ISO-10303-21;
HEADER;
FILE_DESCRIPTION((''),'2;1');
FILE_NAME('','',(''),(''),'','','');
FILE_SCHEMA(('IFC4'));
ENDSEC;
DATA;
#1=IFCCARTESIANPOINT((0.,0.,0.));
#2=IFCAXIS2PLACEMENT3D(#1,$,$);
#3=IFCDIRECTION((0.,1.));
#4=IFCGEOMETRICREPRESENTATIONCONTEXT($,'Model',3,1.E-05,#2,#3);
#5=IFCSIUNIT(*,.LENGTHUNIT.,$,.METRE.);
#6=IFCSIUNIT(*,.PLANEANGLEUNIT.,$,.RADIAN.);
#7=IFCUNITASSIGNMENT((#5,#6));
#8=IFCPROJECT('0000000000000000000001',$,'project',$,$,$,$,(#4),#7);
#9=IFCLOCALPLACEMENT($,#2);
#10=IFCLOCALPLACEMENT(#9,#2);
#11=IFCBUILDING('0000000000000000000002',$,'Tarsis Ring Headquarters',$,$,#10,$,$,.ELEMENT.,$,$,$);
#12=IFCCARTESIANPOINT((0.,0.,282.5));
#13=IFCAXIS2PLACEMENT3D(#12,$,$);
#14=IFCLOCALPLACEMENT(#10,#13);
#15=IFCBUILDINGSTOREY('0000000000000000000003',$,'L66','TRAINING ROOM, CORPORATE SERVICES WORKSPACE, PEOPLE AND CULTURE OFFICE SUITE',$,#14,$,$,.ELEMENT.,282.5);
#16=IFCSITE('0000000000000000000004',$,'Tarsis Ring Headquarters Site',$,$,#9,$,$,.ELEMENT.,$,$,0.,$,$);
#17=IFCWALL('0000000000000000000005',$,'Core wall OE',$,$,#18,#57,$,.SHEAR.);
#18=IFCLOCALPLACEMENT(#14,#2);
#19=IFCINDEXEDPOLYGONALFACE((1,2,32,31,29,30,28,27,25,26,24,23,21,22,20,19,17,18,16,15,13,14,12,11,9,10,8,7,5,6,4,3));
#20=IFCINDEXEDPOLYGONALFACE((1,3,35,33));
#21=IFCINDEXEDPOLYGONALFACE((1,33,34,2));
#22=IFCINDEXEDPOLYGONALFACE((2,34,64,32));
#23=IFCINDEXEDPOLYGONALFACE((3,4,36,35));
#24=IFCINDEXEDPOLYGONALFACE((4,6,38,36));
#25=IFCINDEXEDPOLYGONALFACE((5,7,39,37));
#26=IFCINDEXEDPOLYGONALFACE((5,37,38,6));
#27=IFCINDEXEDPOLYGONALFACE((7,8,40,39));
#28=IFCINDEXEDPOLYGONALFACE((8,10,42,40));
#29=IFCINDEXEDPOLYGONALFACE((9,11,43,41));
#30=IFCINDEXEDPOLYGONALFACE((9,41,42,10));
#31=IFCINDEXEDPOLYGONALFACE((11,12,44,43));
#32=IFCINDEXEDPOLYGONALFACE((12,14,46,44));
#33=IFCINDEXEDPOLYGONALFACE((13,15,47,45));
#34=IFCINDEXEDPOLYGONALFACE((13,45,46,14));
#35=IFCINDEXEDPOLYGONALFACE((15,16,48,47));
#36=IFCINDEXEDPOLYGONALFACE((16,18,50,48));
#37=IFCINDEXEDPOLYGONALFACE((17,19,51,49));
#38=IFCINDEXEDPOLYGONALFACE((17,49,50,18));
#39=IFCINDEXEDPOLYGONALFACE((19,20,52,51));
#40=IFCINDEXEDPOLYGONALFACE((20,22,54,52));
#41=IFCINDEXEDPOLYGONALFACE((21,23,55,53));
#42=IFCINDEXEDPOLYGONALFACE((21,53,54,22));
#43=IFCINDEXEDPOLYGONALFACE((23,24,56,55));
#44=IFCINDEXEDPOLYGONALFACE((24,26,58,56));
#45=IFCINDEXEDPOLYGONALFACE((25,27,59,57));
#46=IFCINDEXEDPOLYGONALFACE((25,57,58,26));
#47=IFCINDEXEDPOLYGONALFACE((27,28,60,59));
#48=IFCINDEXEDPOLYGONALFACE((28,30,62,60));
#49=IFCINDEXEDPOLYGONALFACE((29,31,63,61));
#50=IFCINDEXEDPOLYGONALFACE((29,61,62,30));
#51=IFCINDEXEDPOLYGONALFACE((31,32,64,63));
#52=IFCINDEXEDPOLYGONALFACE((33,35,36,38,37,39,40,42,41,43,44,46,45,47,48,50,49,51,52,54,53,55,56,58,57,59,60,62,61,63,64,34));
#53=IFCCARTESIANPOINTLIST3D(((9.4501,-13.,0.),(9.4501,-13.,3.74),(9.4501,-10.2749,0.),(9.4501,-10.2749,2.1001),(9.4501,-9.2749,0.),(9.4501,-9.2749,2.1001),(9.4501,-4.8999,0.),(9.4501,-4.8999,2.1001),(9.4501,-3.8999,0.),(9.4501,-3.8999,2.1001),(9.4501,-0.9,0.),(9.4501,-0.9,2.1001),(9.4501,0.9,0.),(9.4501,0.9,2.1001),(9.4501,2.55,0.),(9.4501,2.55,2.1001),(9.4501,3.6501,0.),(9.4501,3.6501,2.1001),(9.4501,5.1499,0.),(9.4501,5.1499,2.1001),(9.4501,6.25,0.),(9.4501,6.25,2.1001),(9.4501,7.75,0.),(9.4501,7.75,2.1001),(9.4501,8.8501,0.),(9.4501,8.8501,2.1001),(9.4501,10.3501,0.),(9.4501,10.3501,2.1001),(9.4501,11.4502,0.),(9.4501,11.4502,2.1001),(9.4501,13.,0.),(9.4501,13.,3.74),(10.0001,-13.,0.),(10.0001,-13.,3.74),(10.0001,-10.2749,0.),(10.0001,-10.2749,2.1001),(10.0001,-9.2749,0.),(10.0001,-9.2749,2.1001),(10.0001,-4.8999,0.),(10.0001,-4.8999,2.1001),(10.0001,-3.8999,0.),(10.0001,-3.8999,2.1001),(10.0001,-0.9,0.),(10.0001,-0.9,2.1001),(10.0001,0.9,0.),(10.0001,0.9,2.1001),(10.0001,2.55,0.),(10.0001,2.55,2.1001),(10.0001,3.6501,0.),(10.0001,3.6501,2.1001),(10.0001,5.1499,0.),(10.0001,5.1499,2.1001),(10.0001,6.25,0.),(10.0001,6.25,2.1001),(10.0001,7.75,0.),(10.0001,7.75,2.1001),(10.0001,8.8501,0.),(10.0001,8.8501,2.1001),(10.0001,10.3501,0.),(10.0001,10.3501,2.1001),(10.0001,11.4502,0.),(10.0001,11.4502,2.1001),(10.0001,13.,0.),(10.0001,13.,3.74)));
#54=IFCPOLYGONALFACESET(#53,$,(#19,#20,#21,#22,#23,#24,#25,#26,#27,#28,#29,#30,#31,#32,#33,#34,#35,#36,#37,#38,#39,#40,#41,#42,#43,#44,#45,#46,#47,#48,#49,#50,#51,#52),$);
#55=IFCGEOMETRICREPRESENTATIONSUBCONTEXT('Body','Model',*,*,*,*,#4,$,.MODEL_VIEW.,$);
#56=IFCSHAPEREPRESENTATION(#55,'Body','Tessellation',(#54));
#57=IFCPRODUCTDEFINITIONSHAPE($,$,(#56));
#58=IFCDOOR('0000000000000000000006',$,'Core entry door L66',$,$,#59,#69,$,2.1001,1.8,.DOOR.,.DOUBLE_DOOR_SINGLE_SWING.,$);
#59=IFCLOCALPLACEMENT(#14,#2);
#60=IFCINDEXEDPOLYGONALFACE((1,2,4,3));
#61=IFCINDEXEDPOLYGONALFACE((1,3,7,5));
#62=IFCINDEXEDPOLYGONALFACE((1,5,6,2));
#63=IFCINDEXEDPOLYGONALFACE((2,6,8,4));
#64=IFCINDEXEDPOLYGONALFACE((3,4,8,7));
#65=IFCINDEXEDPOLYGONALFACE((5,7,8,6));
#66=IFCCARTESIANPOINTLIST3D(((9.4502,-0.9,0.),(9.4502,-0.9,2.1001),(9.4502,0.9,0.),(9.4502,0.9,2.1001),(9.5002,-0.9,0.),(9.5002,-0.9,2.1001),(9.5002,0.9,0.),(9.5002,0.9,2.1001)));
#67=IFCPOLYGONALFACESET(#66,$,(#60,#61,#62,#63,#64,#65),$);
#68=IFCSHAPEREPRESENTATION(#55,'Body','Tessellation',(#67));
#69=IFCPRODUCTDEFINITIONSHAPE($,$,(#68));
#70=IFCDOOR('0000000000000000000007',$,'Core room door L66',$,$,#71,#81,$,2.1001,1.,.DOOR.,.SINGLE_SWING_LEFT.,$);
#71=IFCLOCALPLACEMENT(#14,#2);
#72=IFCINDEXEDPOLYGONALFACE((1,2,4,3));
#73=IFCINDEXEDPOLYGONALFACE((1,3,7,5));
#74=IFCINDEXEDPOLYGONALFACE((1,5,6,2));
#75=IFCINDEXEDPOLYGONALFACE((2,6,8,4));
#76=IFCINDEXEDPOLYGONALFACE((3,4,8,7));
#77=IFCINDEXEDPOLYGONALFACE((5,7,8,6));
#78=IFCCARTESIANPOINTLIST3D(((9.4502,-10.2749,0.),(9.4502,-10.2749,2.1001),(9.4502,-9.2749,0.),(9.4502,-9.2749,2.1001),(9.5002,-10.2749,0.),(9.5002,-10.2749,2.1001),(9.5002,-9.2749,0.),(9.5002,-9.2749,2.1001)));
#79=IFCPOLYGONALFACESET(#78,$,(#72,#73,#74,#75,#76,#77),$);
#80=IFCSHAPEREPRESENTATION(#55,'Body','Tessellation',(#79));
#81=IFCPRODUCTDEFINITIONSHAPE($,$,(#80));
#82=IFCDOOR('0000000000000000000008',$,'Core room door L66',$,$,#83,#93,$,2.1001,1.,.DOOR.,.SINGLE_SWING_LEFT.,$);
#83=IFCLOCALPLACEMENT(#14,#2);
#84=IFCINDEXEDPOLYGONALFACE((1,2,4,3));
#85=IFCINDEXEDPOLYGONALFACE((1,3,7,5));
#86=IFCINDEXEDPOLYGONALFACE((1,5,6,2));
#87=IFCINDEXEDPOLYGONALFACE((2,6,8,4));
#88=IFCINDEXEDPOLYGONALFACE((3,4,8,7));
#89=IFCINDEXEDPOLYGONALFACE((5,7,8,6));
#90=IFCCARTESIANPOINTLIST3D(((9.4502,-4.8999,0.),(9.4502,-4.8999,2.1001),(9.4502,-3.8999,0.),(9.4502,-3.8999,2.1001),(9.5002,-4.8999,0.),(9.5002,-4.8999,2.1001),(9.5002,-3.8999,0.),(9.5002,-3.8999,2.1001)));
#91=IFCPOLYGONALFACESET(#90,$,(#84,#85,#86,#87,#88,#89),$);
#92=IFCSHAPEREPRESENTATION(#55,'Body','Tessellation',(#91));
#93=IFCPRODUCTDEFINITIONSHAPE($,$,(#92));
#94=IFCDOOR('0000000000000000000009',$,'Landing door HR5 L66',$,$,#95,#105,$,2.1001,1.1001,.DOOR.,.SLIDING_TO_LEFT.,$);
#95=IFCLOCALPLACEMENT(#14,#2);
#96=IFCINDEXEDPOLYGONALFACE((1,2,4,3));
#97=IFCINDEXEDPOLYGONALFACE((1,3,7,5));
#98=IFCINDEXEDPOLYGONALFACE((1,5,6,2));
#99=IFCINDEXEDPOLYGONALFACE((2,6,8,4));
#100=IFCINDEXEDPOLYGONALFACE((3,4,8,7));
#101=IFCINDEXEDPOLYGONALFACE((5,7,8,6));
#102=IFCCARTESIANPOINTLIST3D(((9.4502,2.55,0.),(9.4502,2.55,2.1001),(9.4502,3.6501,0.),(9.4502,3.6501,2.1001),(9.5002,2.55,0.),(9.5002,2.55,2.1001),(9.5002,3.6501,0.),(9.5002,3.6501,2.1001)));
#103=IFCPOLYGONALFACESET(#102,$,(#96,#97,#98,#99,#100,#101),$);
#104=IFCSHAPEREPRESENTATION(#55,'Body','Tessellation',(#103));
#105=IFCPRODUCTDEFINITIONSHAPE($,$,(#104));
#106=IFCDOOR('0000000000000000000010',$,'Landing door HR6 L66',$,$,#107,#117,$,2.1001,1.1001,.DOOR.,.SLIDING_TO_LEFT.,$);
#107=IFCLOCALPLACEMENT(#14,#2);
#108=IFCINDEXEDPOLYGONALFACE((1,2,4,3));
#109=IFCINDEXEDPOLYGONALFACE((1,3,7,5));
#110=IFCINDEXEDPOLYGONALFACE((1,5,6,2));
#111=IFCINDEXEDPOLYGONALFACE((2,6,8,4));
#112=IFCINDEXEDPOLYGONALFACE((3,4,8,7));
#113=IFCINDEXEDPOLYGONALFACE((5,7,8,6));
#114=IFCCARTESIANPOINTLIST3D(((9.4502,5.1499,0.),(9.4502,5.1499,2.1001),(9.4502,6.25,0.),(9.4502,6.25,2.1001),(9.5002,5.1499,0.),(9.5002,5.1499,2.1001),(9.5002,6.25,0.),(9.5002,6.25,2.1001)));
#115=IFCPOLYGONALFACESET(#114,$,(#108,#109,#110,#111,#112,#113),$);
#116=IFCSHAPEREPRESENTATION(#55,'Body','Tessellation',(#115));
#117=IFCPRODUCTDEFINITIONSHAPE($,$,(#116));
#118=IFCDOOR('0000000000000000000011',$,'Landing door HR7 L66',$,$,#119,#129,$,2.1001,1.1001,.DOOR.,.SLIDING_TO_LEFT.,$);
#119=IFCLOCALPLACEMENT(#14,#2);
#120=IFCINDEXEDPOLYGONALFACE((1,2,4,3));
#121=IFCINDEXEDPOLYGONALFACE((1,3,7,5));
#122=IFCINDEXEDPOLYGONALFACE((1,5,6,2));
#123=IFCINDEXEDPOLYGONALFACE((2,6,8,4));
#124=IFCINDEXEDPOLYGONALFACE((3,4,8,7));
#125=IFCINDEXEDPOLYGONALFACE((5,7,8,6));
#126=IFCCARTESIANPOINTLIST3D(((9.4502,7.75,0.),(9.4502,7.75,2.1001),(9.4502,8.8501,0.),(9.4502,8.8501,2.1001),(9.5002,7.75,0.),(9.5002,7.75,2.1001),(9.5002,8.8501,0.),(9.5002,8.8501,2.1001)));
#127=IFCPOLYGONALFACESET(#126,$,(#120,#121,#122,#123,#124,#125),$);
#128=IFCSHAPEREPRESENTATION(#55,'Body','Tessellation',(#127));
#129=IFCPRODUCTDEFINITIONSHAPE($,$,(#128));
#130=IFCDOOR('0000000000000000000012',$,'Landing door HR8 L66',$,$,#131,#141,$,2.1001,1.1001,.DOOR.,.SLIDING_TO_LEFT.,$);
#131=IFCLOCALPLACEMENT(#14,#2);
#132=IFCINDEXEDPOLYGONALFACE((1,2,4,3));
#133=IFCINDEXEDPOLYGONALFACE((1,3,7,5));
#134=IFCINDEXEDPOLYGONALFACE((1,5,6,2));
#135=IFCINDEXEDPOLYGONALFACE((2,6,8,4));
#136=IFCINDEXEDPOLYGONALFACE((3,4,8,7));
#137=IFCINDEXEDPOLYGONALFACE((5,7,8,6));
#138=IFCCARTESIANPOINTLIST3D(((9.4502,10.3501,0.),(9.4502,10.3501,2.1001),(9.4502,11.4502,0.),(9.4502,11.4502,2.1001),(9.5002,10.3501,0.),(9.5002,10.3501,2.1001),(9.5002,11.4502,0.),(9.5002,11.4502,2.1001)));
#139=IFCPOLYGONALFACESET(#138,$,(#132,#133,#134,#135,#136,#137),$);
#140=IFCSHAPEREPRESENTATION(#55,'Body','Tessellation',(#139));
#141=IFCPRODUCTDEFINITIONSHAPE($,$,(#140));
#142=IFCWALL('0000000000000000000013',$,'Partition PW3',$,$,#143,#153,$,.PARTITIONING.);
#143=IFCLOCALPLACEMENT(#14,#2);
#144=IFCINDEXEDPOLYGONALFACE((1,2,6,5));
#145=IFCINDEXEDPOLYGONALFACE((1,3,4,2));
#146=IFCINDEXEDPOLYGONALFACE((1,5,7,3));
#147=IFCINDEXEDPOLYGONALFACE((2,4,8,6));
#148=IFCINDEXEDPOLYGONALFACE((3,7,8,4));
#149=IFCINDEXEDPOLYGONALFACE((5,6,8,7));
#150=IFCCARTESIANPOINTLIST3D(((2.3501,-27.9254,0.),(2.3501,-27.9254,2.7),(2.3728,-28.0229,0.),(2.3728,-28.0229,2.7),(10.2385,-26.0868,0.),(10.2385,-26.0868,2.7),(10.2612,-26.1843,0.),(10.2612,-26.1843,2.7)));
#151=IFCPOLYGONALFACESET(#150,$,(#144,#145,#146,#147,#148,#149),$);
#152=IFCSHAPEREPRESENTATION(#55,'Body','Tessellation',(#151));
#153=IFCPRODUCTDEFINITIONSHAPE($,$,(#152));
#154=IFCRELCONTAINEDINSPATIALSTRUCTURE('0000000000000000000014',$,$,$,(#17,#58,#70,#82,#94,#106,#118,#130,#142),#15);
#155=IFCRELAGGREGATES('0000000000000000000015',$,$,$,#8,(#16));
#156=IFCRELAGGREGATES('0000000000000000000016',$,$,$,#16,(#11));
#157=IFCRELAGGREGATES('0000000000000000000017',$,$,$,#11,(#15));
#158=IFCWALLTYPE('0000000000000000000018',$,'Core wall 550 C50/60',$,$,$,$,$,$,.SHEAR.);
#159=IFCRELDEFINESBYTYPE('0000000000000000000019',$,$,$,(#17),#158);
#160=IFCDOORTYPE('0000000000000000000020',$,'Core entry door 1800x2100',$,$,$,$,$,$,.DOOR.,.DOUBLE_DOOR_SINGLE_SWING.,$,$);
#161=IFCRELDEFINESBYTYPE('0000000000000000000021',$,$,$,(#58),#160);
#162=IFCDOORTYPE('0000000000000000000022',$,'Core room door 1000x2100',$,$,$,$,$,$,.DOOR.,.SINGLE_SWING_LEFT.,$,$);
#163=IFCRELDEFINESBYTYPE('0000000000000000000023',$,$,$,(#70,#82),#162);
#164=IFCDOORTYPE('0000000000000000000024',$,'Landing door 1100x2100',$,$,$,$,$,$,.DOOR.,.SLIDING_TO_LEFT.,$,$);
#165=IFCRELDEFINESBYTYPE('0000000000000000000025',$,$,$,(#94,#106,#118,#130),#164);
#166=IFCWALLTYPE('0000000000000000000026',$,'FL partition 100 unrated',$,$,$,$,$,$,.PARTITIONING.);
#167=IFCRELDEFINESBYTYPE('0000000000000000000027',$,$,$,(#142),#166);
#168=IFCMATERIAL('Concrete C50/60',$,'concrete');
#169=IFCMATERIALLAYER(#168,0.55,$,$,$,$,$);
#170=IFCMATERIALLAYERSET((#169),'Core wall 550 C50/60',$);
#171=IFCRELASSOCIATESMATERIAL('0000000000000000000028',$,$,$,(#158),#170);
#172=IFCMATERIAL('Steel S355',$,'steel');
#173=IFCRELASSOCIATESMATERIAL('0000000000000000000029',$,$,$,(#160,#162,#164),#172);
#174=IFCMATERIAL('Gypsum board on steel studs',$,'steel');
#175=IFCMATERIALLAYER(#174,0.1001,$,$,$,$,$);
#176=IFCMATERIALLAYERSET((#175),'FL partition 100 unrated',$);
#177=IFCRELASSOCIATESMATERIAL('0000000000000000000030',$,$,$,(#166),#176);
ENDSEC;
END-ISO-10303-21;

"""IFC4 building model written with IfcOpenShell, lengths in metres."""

from ifc_helpers import new_model, si_unit, direction, frame, frame_2d, origin, place, context, subcontext, project, spatial, rectangle, extrude, material, layer, layer_set, type_object, element, fill, save


model = new_model("IFC4")

# Units and contexts
model_context = context("Model", 3, precision=1e-05, world=origin(), true_north=direction((0.0, 1.0)))
body_context = subcontext(model_context, "Body", "Model", "MODEL_VIEW")
ifc_project = project(units=[si_unit("LENGTHUNIT", "METRE"), si_unit("PLANEANGLEUNIT", "RADIAN")], contexts=[model_context])

# Site, building, storey
site_placement = place(None, origin())
site = spatial("IfcSite", under=ifc_project, at=site_placement, Name="Tarsis Ring Headquarters Site", CompositionType="ELEMENT", RefElevation=0.0)
building_placement = place(site_placement, origin())
building = spatial("IfcBuilding", under=site, at=building_placement, Name="Tarsis Ring Headquarters", CompositionType="ELEMENT")
storey_placement = place(building_placement, frame((0.0, 0.0, 282.5)))
storey = spatial("IfcBuildingStorey", under=building, at=storey_placement, Name="L66", Description="TRAINING ROOM, CORPORATE SERVICES WORKSPACE, PEOPLE AND CULTURE OFFICE SUITE", CompositionType="ELEMENT", Elevation=282.5)

# Wall, openings, doors
ifc_material_1 = material(Name="Concrete C50/60", Category="concrete")
ifc_layer_1 = layer(ifc_material_1, 0.55)
ifc_layer_set_1 = layer_set([ifc_layer_1], Name="Core wall 550 C50/60")
wall_type_1 = type_object("IfcWallType", Name="Core wall 550 C50/60", PredefinedType="SHEAR", material=ifc_layer_set_1)
wall_1_placement = place(storey_placement, frame((9.7251, -13.0, 0.0), z_axis=(0.0, 0.0, 1.0), x_axis=(0.0, 1.0, 0.0)))
wall_1 = element("IfcWall", 1, at=wall_1_placement, inside=storey, type_object=wall_type_1, Name="Core wall OE", PredefinedType="SHEAR", context=body_context, shape_type="SweptSolid", body=[
    extrude(rectangle(XDim=26.0, YDim=0.55, at=frame_2d((13.0, 0.0))), origin(), (0.0, 0.0, 1.0), 3.74),
])
opening_1_placement = place(wall_1_placement, frame((2.7251, 0.0, 0.0)))
opening_1 = element("IfcOpeningElement", 2, at=opening_1_placement, cuts=wall_1, PredefinedType="OPENING", context=body_context, shape_type="SweptSolid", body=[
    extrude(rectangle(XDim=1.0, YDim=2.1001, at=frame_2d((0.5, 1.05))), frame((0.0, 0.2849, 0.0), z_axis=(0.0, -1.0, 0.0), x_axis=(1.0, 0.0, 0.0)), (0.0, 0.0, 1.0), 0.5701),
])
opening_2_placement = place(wall_1_placement, frame((8.1001, 0.0, 0.0)))
opening_2 = element("IfcOpeningElement", 3, at=opening_2_placement, cuts=wall_1, PredefinedType="OPENING", context=body_context, shape_type="SweptSolid", body=[
    extrude(rectangle(XDim=1.0, YDim=2.1001, at=frame_2d((0.5, 1.05))), frame((0.0, 0.2849, 0.0), z_axis=(0.0, -1.0, 0.0), x_axis=(1.0, 0.0, 0.0)), (0.0, 0.0, 1.0), 0.5701),
])
opening_3_placement = place(wall_1_placement, frame((12.1001, 0.0, 0.0)))
opening_3 = element("IfcOpeningElement", 4, at=opening_3_placement, cuts=wall_1, PredefinedType="OPENING", context=body_context, shape_type="SweptSolid", body=[
    extrude(rectangle(XDim=1.8, YDim=2.1001, at=frame_2d((0.8999, 1.05))), frame((0.0, 0.2849, 0.0), z_axis=(0.0, -1.0, 0.0), x_axis=(1.0, 0.0, 0.0)), (0.0, 0.0, 1.0), 0.5701),
])
opening_4_placement = place(wall_1_placement, frame((15.55, 0.0, 0.0)))
opening_4 = element("IfcOpeningElement", 5, at=opening_4_placement, cuts=wall_1, PredefinedType="OPENING", context=body_context, shape_type="SweptSolid", body=[
    extrude(rectangle(XDim=1.1001, YDim=2.1001, at=frame_2d((0.55, 1.05))), frame((0.0, 0.2849, 0.0), z_axis=(0.0, -1.0, 0.0), x_axis=(1.0, 0.0, 0.0)), (0.0, 0.0, 1.0), 0.5701),
])
opening_5_placement = place(wall_1_placement, frame((18.1499, 0.0, 0.0)))
opening_5 = element("IfcOpeningElement", 6, at=opening_5_placement, cuts=wall_1, PredefinedType="OPENING", context=body_context, shape_type="SweptSolid", body=[
    extrude(rectangle(XDim=1.1001, YDim=2.1001, at=frame_2d((0.55, 1.05))), frame((0.0, 0.2849, 0.0), z_axis=(0.0, -1.0, 0.0), x_axis=(1.0, 0.0, 0.0)), (0.0, 0.0, 1.0), 0.5701),
])
opening_6_placement = place(wall_1_placement, frame((20.75, 0.0, 0.0)))
opening_6 = element("IfcOpeningElement", 7, at=opening_6_placement, cuts=wall_1, PredefinedType="OPENING", context=body_context, shape_type="SweptSolid", body=[
    extrude(rectangle(XDim=1.1001, YDim=2.1001, at=frame_2d((0.55, 1.05))), frame((0.0, 0.2849, 0.0), z_axis=(0.0, -1.0, 0.0), x_axis=(1.0, 0.0, 0.0)), (0.0, 0.0, 1.0), 0.5701),
])
opening_7_placement = place(wall_1_placement, frame((23.3501, 0.0, 0.0)))
opening_7 = element("IfcOpeningElement", 8, at=opening_7_placement, cuts=wall_1, PredefinedType="OPENING", context=body_context, shape_type="SweptSolid", body=[
    extrude(rectangle(XDim=1.1001, YDim=2.1001, at=frame_2d((0.55, 1.05))), frame((0.0, 0.2849, 0.0), z_axis=(0.0, -1.0, 0.0), x_axis=(1.0, 0.0, 0.0)), (0.0, 0.0, 1.0), 0.5701),
])
ifc_material_2 = material(Name="Steel S355", Category="steel")
door_type_1 = type_object("IfcDoorType", Name="Core entry door 1800x2100", OperationType="DOUBLE_DOOR_SINGLE_SWING", PredefinedType="DOOR", material=ifc_material_2)
door_1_placement = place(opening_3_placement, origin())
door_1 = element("IfcDoor", 9, at=door_1_placement, inside=storey, type_object=door_type_1, Name="Core entry door L66", OperationType="DOUBLE_DOOR_SINGLE_SWING", OverallHeight=2.1001, OverallWidth=1.8, PredefinedType="DOOR", context=body_context, shape_type="SweptSolid", body=[
    extrude(rectangle(XDim=1.8, YDim=2.1001, at=frame_2d((0.8999, 1.05))), frame((0.0, 0.2749, 0.0), z_axis=(0.0, -1.0, 0.0), x_axis=(1.0, 0.0, 0.0)), (0.0, 0.0, 1.0), 0.05),
])
fill(opening_3, door_1)
door_type_2 = type_object("IfcDoorType", Name="Core room door 1000x2100", OperationType="SINGLE_SWING_LEFT", PredefinedType="DOOR", material=ifc_material_2)
door_2_placement = place(opening_1_placement, origin())
door_2 = element("IfcDoor", 10, at=door_2_placement, inside=storey, type_object=door_type_2, Name="Core room door L66", OperationType="SINGLE_SWING_LEFT", OverallHeight=2.1001, OverallWidth=1.0, PredefinedType="DOOR", context=body_context, shape_type="SweptSolid", body=[
    extrude(rectangle(XDim=1.0, YDim=2.1001, at=frame_2d((0.5, 1.05))), frame((0.0, 0.2749, 0.0), z_axis=(0.0, -1.0, 0.0), x_axis=(1.0, 0.0, 0.0)), (0.0, 0.0, 1.0), 0.05),
])
fill(opening_1, door_2)
door_3_placement = place(opening_2_placement, origin())
door_3 = element("IfcDoor", 11, at=door_3_placement, inside=storey, type_object=door_type_2, Name="Core room door L66", OperationType="SINGLE_SWING_LEFT", OverallHeight=2.1001, OverallWidth=1.0, PredefinedType="DOOR", context=body_context, shape_type="SweptSolid", body=[
    extrude(rectangle(XDim=1.0, YDim=2.1001, at=frame_2d((0.5, 1.05))), frame((0.0, 0.2749, 0.0), z_axis=(0.0, -1.0, 0.0), x_axis=(1.0, 0.0, 0.0)), (0.0, 0.0, 1.0), 0.05),
])
fill(opening_2, door_3)
door_type_3 = type_object("IfcDoorType", Name="Landing door 1100x2100", OperationType="SLIDING_TO_LEFT", PredefinedType="DOOR", material=ifc_material_2)
door_4_placement = place(opening_4_placement, origin())
door_4 = element("IfcDoor", 12, at=door_4_placement, inside=storey, type_object=door_type_3, Name="Landing door HR5 L66", OperationType="SLIDING_TO_LEFT", OverallHeight=2.1001, OverallWidth=1.1001, PredefinedType="DOOR", context=body_context, shape_type="SweptSolid", body=[
    extrude(rectangle(XDim=1.1001, YDim=2.1001, at=frame_2d((0.55, 1.05))), frame((0.0, 0.2749, 0.0), z_axis=(0.0, -1.0, 0.0), x_axis=(1.0, 0.0, 0.0)), (0.0, 0.0, 1.0), 0.05),
])
fill(opening_4, door_4)
door_5_placement = place(opening_5_placement, origin())
door_5 = element("IfcDoor", 13, at=door_5_placement, inside=storey, type_object=door_type_3, Name="Landing door HR6 L66", OperationType="SLIDING_TO_LEFT", OverallHeight=2.1001, OverallWidth=1.1001, PredefinedType="DOOR", context=body_context, shape_type="SweptSolid", body=[
    extrude(rectangle(XDim=1.1001, YDim=2.1001, at=frame_2d((0.55, 1.05))), frame((0.0, 0.2749, 0.0), z_axis=(0.0, -1.0, 0.0), x_axis=(1.0, 0.0, 0.0)), (0.0, 0.0, 1.0), 0.05),
])
fill(opening_5, door_5)
door_6_placement = place(opening_6_placement, origin())
door_6 = element("IfcDoor", 14, at=door_6_placement, inside=storey, type_object=door_type_3, Name="Landing door HR7 L66", OperationType="SLIDING_TO_LEFT", OverallHeight=2.1001, OverallWidth=1.1001, PredefinedType="DOOR", context=body_context, shape_type="SweptSolid", body=[
    extrude(rectangle(XDim=1.1001, YDim=2.1001, at=frame_2d((0.55, 1.05))), frame((0.0, 0.2749, 0.0), z_axis=(0.0, -1.0, 0.0), x_axis=(1.0, 0.0, 0.0)), (0.0, 0.0, 1.0), 0.05),
])
fill(opening_6, door_6)
door_7_placement = place(opening_7_placement, origin())
door_7 = element("IfcDoor", 15, at=door_7_placement, inside=storey, type_object=door_type_3, Name="Landing door HR8 L66", OperationType="SLIDING_TO_LEFT", OverallHeight=2.1001, OverallWidth=1.1001, PredefinedType="DOOR", context=body_context, shape_type="SweptSolid", body=[
    extrude(rectangle(XDim=1.1001, YDim=2.1001, at=frame_2d((0.55, 1.05))), frame((0.0, 0.2749, 0.0), z_axis=(0.0, -1.0, 0.0), x_axis=(1.0, 0.0, 0.0)), (0.0, 0.0, 1.0), 0.05),
])
fill(opening_7, door_7)

# Wall
ifc_material_3 = material(Name="Gypsum board on steel studs", Category="steel")
ifc_layer_2 = layer(ifc_material_3, 0.1001)
ifc_layer_set_2 = layer_set([ifc_layer_2], Name="FL partition 100 unrated")
wall_type_2 = type_object("IfcWallType", Name="FL partition 100 unrated", PredefinedType="PARTITIONING", material=ifc_layer_set_2)
wall_2_placement = place(storey_placement, frame((2.3616, -27.9741, 0.0), z_axis=(0.0, 0.0, 1.0), x_axis=(0.973896, 0.226994, 0.0)))
element("IfcWall", 16, at=wall_2_placement, inside=storey, type_object=wall_type_2, Name="Partition PW3", PredefinedType="PARTITIONING", context=body_context, shape_type="SweptSolid", body=[
    extrude(rectangle(XDim=8.0999, YDim=0.1001, at=frame_2d((4.0498, 0.0))), origin(), (0.0, 0.0, 1.0), 2.7),
])

save(model, "model.ifc")
